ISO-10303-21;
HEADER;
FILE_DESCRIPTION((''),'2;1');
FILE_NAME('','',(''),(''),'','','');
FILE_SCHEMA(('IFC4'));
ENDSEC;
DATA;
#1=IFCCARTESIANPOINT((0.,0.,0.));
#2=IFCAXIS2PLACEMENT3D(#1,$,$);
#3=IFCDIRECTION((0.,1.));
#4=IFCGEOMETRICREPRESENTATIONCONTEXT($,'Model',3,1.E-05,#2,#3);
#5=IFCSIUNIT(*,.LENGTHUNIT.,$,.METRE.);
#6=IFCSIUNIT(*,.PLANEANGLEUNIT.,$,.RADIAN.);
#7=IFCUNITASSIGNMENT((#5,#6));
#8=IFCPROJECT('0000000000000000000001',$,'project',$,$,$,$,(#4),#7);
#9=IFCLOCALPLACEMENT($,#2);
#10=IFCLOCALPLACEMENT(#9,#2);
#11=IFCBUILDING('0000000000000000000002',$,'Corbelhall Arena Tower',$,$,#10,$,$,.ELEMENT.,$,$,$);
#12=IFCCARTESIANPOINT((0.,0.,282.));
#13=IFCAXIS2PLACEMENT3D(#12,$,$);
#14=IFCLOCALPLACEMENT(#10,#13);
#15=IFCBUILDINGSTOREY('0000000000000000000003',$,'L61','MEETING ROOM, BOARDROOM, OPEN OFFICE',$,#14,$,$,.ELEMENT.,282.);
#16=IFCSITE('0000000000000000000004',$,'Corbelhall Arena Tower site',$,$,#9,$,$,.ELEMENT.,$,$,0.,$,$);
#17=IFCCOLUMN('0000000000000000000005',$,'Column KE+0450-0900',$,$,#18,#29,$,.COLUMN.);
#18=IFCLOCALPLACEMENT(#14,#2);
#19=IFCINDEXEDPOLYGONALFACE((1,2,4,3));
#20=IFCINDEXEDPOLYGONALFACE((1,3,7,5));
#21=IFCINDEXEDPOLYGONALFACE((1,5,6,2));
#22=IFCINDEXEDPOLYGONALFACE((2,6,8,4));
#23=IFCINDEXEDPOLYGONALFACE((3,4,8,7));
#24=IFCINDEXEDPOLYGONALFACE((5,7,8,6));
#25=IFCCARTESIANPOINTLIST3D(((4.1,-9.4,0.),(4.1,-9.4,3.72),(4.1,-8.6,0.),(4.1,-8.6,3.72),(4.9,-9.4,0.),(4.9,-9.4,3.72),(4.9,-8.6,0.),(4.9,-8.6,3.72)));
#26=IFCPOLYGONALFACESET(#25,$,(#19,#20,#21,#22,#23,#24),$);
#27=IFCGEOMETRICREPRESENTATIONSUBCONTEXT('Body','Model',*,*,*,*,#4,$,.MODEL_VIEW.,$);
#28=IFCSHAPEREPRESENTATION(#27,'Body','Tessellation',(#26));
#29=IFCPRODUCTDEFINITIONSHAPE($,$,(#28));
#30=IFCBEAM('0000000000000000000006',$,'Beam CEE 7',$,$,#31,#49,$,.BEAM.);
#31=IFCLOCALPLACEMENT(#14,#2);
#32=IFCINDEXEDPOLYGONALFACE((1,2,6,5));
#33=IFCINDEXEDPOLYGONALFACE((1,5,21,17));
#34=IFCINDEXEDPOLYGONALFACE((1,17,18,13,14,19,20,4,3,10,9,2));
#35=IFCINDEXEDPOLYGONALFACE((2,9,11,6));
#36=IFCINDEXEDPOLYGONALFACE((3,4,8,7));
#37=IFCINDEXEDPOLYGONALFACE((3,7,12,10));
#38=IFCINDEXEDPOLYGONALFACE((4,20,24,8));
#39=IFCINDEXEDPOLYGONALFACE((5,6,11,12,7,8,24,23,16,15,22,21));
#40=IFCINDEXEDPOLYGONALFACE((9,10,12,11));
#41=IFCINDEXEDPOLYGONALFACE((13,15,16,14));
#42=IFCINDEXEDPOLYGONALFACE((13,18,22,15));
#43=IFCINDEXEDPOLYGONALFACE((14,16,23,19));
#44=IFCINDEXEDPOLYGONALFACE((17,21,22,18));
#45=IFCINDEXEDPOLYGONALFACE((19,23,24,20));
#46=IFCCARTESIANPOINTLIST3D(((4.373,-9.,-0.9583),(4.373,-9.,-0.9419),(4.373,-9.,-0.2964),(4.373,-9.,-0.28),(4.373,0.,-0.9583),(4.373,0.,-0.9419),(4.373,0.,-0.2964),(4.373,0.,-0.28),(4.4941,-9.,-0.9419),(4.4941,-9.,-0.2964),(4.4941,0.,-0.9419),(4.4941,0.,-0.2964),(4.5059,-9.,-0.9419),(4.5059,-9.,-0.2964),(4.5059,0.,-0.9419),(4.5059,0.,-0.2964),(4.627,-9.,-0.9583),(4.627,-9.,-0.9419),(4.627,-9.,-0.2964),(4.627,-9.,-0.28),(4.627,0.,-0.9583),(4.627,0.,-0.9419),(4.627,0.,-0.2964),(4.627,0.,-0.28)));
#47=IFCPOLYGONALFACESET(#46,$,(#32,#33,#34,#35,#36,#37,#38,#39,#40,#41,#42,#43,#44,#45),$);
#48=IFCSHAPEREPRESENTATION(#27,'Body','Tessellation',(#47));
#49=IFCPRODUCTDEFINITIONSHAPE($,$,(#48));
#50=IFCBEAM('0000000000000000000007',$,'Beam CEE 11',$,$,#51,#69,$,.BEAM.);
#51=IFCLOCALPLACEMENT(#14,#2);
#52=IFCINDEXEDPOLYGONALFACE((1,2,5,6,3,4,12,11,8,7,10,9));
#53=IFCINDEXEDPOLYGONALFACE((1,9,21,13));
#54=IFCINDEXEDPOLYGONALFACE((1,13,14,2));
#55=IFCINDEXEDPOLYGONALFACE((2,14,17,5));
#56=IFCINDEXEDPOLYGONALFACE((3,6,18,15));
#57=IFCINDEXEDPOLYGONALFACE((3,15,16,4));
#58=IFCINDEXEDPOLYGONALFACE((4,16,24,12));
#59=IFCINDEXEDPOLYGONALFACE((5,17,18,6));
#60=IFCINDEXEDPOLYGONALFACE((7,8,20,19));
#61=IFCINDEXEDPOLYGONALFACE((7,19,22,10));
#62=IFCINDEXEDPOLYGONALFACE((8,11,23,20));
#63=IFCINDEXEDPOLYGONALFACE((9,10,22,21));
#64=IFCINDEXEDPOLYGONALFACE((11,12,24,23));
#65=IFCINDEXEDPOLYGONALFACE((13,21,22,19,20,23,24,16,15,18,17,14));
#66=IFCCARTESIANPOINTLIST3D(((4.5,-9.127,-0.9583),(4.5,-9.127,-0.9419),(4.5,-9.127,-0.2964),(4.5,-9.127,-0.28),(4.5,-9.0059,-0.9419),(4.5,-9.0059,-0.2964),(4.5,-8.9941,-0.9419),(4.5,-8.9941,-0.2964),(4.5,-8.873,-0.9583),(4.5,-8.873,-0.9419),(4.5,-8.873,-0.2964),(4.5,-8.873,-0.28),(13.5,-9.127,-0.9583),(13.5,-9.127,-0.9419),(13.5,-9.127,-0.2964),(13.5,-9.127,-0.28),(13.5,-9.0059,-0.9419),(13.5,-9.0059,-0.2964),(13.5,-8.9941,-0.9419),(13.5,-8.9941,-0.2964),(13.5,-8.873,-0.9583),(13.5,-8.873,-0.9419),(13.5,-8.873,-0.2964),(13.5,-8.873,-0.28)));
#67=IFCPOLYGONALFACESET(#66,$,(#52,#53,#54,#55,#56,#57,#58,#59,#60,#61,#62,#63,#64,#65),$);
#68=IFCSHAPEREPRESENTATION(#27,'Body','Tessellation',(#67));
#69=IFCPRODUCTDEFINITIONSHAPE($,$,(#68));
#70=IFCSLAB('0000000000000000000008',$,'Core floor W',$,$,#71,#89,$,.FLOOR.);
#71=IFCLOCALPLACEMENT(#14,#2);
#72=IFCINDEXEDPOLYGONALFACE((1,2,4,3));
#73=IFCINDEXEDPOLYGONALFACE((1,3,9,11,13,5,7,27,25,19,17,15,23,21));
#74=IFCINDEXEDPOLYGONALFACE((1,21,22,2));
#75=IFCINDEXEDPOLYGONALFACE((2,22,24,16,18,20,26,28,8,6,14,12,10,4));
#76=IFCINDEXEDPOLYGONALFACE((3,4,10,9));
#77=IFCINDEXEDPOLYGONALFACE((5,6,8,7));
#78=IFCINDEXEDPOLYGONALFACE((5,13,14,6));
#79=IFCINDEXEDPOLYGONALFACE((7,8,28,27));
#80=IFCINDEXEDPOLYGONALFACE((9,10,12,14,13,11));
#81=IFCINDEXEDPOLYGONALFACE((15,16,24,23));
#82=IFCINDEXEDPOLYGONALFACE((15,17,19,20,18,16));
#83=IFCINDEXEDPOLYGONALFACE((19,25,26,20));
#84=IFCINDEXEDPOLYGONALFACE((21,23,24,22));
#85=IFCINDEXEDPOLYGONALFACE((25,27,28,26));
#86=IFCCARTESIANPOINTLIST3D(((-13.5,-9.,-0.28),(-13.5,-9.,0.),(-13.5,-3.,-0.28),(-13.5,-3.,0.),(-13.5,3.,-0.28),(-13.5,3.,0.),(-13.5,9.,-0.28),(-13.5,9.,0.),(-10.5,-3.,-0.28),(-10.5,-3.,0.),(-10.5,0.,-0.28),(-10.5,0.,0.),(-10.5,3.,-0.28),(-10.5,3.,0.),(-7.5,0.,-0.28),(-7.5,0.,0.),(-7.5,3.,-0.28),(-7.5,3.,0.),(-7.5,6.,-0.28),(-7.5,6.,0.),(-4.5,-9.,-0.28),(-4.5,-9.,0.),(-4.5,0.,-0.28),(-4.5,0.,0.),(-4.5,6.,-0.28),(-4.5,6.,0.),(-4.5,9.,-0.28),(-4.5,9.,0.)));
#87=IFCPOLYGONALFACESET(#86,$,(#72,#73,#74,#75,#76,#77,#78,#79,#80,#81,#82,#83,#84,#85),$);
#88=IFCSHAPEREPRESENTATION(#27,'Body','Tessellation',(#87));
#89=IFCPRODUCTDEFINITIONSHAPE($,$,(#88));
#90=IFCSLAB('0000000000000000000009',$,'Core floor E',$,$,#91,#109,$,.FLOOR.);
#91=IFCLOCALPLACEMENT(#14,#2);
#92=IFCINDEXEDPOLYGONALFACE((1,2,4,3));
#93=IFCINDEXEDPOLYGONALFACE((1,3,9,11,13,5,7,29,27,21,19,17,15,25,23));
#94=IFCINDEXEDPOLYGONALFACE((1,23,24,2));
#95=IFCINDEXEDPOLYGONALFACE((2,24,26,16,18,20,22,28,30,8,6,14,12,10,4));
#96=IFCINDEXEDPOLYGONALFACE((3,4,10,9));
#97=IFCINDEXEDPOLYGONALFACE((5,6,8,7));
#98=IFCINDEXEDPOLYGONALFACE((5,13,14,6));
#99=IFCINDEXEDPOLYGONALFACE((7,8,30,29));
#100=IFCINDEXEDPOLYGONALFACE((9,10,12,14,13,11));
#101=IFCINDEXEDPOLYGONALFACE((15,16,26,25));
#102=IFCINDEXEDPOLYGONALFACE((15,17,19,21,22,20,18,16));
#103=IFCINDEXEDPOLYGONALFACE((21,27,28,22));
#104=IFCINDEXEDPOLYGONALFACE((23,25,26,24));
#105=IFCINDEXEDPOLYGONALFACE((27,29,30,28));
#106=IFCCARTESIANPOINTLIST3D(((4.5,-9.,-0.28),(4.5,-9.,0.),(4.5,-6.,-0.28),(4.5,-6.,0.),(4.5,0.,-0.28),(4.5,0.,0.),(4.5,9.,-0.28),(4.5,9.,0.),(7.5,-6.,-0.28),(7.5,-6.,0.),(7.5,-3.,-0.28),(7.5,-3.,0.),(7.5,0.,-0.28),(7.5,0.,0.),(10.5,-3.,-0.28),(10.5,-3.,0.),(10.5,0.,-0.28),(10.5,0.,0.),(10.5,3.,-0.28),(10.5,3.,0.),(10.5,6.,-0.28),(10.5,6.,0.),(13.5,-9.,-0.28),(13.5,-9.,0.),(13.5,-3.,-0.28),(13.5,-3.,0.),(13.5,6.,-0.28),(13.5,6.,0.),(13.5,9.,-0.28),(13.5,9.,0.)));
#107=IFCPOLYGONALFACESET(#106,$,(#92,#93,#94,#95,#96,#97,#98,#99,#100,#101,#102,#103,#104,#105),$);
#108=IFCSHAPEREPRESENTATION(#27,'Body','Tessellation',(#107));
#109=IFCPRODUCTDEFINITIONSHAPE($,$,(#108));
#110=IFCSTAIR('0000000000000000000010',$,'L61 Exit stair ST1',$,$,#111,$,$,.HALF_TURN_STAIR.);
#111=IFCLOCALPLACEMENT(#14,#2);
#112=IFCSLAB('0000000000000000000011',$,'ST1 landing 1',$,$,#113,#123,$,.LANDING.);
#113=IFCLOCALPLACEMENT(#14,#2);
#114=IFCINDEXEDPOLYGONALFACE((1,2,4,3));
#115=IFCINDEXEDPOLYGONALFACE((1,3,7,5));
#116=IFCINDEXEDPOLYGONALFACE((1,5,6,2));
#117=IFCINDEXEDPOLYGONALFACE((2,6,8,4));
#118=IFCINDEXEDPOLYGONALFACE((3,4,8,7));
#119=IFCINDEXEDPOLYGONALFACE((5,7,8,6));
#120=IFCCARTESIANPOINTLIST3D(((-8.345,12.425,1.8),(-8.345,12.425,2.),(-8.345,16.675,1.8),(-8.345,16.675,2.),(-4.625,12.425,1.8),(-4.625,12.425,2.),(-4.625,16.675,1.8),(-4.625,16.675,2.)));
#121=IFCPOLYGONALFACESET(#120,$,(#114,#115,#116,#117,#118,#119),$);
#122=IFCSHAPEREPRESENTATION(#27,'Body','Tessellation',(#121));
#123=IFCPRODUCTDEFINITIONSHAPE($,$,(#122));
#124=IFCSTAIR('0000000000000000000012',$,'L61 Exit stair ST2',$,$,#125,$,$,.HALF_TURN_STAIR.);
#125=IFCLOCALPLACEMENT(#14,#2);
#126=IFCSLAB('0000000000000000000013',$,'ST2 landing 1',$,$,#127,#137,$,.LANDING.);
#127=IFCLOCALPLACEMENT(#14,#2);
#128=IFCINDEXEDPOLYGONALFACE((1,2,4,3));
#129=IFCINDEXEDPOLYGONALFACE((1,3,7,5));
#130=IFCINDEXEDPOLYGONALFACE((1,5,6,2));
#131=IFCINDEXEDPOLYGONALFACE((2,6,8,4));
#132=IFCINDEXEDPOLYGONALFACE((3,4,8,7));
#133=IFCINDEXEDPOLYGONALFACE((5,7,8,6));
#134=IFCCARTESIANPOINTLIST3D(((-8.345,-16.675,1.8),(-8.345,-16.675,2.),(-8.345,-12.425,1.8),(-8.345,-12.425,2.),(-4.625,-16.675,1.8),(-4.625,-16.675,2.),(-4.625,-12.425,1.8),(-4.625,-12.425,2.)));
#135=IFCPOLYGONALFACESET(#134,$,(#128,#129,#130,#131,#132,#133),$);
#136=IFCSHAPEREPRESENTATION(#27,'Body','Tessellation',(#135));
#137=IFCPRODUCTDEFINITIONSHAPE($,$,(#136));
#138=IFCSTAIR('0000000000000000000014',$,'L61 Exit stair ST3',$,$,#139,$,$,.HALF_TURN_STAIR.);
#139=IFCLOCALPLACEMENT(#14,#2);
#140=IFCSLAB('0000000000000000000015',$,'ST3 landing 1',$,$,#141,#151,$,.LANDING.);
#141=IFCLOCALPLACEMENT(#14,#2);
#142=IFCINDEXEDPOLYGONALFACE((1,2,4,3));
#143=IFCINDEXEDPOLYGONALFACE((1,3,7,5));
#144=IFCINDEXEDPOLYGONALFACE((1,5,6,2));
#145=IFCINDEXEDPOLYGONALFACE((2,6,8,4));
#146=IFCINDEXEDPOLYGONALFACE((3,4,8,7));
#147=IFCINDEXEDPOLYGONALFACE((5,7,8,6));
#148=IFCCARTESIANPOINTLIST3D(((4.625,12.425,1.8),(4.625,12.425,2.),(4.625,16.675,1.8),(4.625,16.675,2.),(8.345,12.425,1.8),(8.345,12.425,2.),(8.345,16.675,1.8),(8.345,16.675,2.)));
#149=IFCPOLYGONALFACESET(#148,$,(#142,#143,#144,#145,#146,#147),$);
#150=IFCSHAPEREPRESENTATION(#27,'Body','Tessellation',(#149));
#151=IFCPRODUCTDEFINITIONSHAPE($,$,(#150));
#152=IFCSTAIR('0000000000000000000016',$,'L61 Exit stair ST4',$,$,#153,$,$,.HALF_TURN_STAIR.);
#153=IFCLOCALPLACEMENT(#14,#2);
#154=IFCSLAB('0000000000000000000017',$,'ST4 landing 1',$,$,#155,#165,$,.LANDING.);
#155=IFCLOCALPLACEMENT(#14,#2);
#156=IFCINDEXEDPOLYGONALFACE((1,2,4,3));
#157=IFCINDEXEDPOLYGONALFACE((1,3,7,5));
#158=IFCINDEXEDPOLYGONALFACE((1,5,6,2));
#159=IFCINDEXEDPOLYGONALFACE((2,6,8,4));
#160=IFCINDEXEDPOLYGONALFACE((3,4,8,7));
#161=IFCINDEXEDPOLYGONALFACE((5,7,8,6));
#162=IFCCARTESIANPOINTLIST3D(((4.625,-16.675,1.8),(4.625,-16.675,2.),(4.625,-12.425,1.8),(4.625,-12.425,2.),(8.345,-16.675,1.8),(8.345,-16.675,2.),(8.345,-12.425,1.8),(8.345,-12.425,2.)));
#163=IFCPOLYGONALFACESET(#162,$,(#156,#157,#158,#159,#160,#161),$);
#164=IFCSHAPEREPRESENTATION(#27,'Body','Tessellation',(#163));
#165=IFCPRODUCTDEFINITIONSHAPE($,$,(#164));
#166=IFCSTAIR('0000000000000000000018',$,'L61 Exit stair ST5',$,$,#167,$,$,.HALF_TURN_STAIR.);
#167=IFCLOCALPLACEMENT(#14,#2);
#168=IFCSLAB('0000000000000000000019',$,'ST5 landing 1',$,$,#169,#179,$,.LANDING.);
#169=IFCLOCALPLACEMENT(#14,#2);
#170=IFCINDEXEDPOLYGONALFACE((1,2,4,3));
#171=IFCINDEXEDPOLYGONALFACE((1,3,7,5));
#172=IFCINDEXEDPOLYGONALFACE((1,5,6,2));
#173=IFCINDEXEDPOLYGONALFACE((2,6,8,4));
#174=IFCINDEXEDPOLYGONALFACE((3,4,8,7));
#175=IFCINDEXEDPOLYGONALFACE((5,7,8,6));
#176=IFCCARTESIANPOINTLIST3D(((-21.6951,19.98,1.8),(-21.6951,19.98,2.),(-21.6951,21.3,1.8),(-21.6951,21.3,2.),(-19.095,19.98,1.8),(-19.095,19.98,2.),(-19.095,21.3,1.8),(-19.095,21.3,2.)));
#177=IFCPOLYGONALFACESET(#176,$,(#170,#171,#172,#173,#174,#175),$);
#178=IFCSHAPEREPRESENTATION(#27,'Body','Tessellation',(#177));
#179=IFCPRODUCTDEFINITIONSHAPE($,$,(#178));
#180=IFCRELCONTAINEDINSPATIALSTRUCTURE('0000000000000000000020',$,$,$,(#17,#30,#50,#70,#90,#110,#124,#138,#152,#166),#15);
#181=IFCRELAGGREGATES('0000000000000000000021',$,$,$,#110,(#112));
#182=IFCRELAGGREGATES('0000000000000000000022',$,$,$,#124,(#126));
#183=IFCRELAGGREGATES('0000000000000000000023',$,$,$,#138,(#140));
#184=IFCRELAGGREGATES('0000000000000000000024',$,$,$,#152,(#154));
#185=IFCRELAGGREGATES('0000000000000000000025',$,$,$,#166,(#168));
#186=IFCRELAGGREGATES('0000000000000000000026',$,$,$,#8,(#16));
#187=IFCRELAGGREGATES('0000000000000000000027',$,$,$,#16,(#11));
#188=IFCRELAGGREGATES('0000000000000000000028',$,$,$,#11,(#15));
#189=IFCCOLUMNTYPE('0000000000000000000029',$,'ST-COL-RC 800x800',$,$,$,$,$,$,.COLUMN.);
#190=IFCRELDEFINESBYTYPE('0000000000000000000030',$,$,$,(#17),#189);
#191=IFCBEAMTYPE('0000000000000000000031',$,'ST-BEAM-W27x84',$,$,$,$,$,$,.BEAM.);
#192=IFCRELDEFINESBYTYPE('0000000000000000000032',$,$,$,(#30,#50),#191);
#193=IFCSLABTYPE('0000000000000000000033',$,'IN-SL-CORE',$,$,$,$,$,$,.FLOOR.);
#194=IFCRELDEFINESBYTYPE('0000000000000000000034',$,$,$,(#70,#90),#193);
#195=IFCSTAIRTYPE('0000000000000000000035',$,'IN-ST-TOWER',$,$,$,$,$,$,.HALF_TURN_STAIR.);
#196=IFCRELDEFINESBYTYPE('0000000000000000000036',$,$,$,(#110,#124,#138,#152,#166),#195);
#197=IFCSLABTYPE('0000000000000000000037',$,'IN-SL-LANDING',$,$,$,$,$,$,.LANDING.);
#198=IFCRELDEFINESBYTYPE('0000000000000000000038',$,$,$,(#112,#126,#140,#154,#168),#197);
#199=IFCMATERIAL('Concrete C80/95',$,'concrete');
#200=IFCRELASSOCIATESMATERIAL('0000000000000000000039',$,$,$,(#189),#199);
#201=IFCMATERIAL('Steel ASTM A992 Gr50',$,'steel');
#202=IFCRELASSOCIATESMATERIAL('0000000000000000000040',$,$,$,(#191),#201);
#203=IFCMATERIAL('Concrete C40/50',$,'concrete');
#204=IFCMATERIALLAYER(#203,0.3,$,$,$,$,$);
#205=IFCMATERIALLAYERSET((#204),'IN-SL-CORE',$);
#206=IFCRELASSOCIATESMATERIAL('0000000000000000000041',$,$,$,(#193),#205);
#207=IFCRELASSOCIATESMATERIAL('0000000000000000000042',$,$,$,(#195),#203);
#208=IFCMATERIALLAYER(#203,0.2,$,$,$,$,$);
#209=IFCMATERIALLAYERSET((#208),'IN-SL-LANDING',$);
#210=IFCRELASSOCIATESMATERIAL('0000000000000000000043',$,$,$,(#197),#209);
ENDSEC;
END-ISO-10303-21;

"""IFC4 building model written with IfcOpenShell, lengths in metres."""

from ifc_helpers import new_model, si_unit, direction, frame, origin, origin_2d, place, context, subcontext, project, spatial, polyline, rectangle, i_section, outline, extrude, material, layer, layer_set, material_profile, profile_set, type_object, element, aggregate, save


model = new_model("IFC4")

# Units and contexts
model_context = context("Model", 3, precision=1e-05, world=origin(), true_north=direction((0.0, 1.0)))
body_context = subcontext(model_context, "Body", "Model", "MODEL_VIEW")
ifc_project = project(units=[si_unit("LENGTHUNIT", "METRE"), si_unit("PLANEANGLEUNIT", "RADIAN")], contexts=[model_context])

# Site, building, storey
site_placement = place(None, origin())
site = spatial("IfcSite", under=ifc_project, at=site_placement, Name="Corbelhall Arena Tower site", CompositionType="ELEMENT", RefElevation=0.0)
building_placement = place(site_placement, origin())
building = spatial("IfcBuilding", under=site, at=building_placement, Name="Corbelhall Arena Tower", CompositionType="ELEMENT")
storey_placement = place(building_placement, frame((0.0, 0.0, 282.0)))
storey = spatial("IfcBuildingStorey", under=building, at=storey_placement, Name="L61", Description="MEETING ROOM, BOARDROOM, OPEN OFFICE", CompositionType="ELEMENT", Elevation=282.0)

# Column
ifc_material_1 = material(Name="Concrete C80/95", Category="concrete")
ifc_material_profile_1 = material_profile(ifc_material_1, rectangle(XDim=0.8, YDim=0.8, at=origin_2d()))
ifc_profile_set_1 = profile_set([ifc_material_profile_1], Name="Concrete C80/95")
column_type = type_object("IfcColumnType", Name="ST-COL-RC 800x800", PredefinedType="COLUMN", material=ifc_profile_set_1)
column_placement = place(storey_placement, frame((4.5, -9.0, 0.0), z_axis=(0.0, 0.0, 1.0), x_axis=(1.0, 0.0, 0.0)))
element("IfcColumn", 1, at=column_placement, inside=storey, type_object=column_type, Name="Column KE+0450-0900", PredefinedType="COLUMN", context=body_context, shape_type="SweptSolid", body=[
    extrude(rectangle(XDim=0.8, YDim=0.8, at=origin_2d()), origin(), (0.0, 0.0, 1.0), 3.72),
])

# Beams
ifc_material_2 = material(Name="Steel ASTM A992 Gr50", Category="steel")
ifc_material_profile_2 = material_profile(ifc_material_2, i_section(OverallWidth=0.2539, OverallDepth=0.6782, WebThickness=0.0117, FlangeThickness=0.0164, at=origin_2d()))
ifc_profile_set_2 = profile_set([ifc_material_profile_2], Name="Steel ASTM A992 Gr50")
beam_type = type_object("IfcBeamType", Name="ST-BEAM-W27x84", PredefinedType="BEAM", material=ifc_profile_set_2)
for number, where, z_axis, x_axis, name in (
    (2, (4.5, -9.0, -0.6191), (0.0, 1.0, 0.0), (-1.0, 0.0, 0.0), "Beam CEE 7"),
    (3, (4.5, -9.0, -0.6191), (1.0, 0.0, 0.0), (0.0, 1.0, 0.0), "Beam CEE 11"),
):
    element("IfcBeam", number, at=place(storey_placement, frame(where, z_axis=z_axis, x_axis=x_axis)), inside=storey, type_object=beam_type, Name=name, PredefinedType="BEAM", context=body_context, shape_type="SweptSolid", body=[
        extrude(i_section(OverallWidth=0.2539, OverallDepth=0.6782, WebThickness=0.0117, FlangeThickness=0.0164, at=origin_2d()), origin(), (0.0, 0.0, 1.0), 9.0),
    ])

# Slabs
ifc_material_3 = material(Name="Concrete C40/50", Category="concrete")
ifc_layer_1 = layer(ifc_material_3, 0.3)
ifc_layer_set_1 = layer_set([ifc_layer_1], Name="IN-SL-CORE")
slab_type_1 = type_object("IfcSlabType", Name="IN-SL-CORE", PredefinedType="FLOOR", material=ifc_layer_set_1)
slab_1_placement = place(storey_placement, frame((0.0, 0.0, -0.28)))
element("IfcSlab", 4, at=slab_1_placement, inside=storey, type_object=slab_type_1, Name="Core floor W", PredefinedType="FLOOR", context=body_context, shape_type="SweptSolid", body=[
    extrude(outline(polyline([(-10.5, -3.0), (-13.5, -3.0), (-13.5, -9.0), (-4.5, -9.0), (-4.5, 0.0), (-7.5, 0.0), (-7.5, 3.0), (-7.5, 6.0), (-4.5, 6.0), (-4.5, 9.0), (-13.5, 9.0), (-13.5, 3.0), (-10.5, 3.0), (-10.5, 0.0), (-10.5, -3.0)])), origin(), (0.0, 0.0, 1.0), 0.28),
])
slab_2_placement = place(storey_placement, frame((0.0, 0.0, -0.28)))
element("IfcSlab", 5, at=slab_2_placement, inside=storey, type_object=slab_type_1, Name="Core floor E", PredefinedType="FLOOR", context=body_context, shape_type="SweptSolid", body=[
    extrude(outline(polyline([(13.5, -3.0), (10.5, -3.0), (10.5, 0.0), (10.5, 3.0), (10.5, 6.0), (13.5, 6.0), (13.5, 9.0), (4.5, 9.0), (4.5, 0.0), (7.5, 0.0), (7.5, -3.0), (7.5, -6.0), (4.5, -6.0), (4.5, -9.0), (13.5, -9.0), (13.5, -3.0)])), origin(), (0.0, 0.0, 1.0), 0.28),
])

# Stairs, slabs
stair_type = type_object("IfcStairType", Name="IN-ST-TOWER", PredefinedType="HALF_TURN_STAIR", material=ifc_material_3)
stair_1_placement = place(storey_placement, origin())
stair_1 = element("IfcStair", 6, at=stair_1_placement, inside=storey, type_object=stair_type, Name="L61 Exit stair ST1", PredefinedType="HALF_TURN_STAIR")
ifc_layer_2 = layer(ifc_material_3, 0.2)
ifc_layer_set_2 = layer_set([ifc_layer_2], Name="IN-SL-LANDING")
slab_type_2 = type_object("IfcSlabType", Name="IN-SL-LANDING", PredefinedType="LANDING", material=ifc_layer_set_2)
slab_3_placement = place(storey_placement, frame((0.0, 0.0, 1.8)))
slab_3 = element("IfcSlab", 7, at=slab_3_placement, type_object=slab_type_2, Name="ST1 landing 1", PredefinedType="LANDING", context=body_context, shape_type="SweptSolid", body=[
    extrude(outline(polyline([(-8.345, 12.425), (-4.625, 12.425), (-4.625, 16.675), (-8.345, 16.675), (-8.345, 12.425)])), origin(), (0.0, 0.0, 1.0), 0.2),
])
aggregate(stair_1, [slab_3])
stair_2_placement = place(storey_placement, origin())
stair_2 = element("IfcStair", 8, at=stair_2_placement, inside=storey, type_object=stair_type, Name="L61 Exit stair ST2", PredefinedType="HALF_TURN_STAIR")
slab_4_placement = place(storey_placement, frame((0.0, 0.0, 1.8)))
slab_4 = element("IfcSlab", 9, at=slab_4_placement, type_object=slab_type_2, Name="ST2 landing 1", PredefinedType="LANDING", context=body_context, shape_type="SweptSolid", body=[
    extrude(outline(polyline([(-8.345, -16.675), (-4.625, -16.675), (-4.625, -12.425), (-8.345, -12.425), (-8.345, -16.675)])), origin(), (0.0, 0.0, 1.0), 0.2),
])
aggregate(stair_2, [slab_4])
stair_3_placement = place(storey_placement, origin())
stair_3 = element("IfcStair", 10, at=stair_3_placement, inside=storey, type_object=stair_type, Name="L61 Exit stair ST3", PredefinedType="HALF_TURN_STAIR")
slab_5_placement = place(storey_placement, frame((0.0, 0.0, 1.8)))
slab_5 = element("IfcSlab", 11, at=slab_5_placement, type_object=slab_type_2, Name="ST3 landing 1", PredefinedType="LANDING", context=body_context, shape_type="SweptSolid", body=[
    extrude(outline(polyline([(8.345, 16.675), (4.625, 16.675), (4.625, 12.425), (8.345, 12.425), (8.345, 16.675)])), origin(), (0.0, 0.0, 1.0), 0.2),
])
aggregate(stair_3, [slab_5])
stair_4_placement = place(storey_placement, origin())
stair_4 = element("IfcStair", 12, at=stair_4_placement, inside=storey, type_object=stair_type, Name="L61 Exit stair ST4", PredefinedType="HALF_TURN_STAIR")
slab_6_placement = place(storey_placement, frame((0.0, 0.0, 1.8)))
slab_6 = element("IfcSlab", 13, at=slab_6_placement, type_object=slab_type_2, Name="ST4 landing 1", PredefinedType="LANDING", context=body_context, shape_type="SweptSolid", body=[
    extrude(outline(polyline([(8.345, -12.425), (4.625, -12.425), (4.625, -16.675), (8.345, -16.675), (8.345, -12.425)])), origin(), (0.0, 0.0, 1.0), 0.2),
])
aggregate(stair_4, [slab_6])
stair_5_placement = place(storey_placement, origin())
stair_5 = element("IfcStair", 14, at=stair_5_placement, inside=storey, type_object=stair_type, Name="L61 Exit stair ST5", PredefinedType="HALF_TURN_STAIR")
slab_7_placement = place(storey_placement, frame((0.0, 0.0, 1.8)))
slab_7 = element("IfcSlab", 15, at=slab_7_placement, type_object=slab_type_2, Name="ST5 landing 1", PredefinedType="LANDING", context=body_context, shape_type="SweptSolid", body=[
    extrude(outline(polyline([(-19.095, 19.98), (-19.095, 21.3), (-21.6951, 21.3), (-21.6951, 19.98), (-19.095, 19.98)])), origin(), (0.0, 0.0, 1.0), 0.2),
])
aggregate(stair_5, [slab_7])

save(model, "model.ifc")
